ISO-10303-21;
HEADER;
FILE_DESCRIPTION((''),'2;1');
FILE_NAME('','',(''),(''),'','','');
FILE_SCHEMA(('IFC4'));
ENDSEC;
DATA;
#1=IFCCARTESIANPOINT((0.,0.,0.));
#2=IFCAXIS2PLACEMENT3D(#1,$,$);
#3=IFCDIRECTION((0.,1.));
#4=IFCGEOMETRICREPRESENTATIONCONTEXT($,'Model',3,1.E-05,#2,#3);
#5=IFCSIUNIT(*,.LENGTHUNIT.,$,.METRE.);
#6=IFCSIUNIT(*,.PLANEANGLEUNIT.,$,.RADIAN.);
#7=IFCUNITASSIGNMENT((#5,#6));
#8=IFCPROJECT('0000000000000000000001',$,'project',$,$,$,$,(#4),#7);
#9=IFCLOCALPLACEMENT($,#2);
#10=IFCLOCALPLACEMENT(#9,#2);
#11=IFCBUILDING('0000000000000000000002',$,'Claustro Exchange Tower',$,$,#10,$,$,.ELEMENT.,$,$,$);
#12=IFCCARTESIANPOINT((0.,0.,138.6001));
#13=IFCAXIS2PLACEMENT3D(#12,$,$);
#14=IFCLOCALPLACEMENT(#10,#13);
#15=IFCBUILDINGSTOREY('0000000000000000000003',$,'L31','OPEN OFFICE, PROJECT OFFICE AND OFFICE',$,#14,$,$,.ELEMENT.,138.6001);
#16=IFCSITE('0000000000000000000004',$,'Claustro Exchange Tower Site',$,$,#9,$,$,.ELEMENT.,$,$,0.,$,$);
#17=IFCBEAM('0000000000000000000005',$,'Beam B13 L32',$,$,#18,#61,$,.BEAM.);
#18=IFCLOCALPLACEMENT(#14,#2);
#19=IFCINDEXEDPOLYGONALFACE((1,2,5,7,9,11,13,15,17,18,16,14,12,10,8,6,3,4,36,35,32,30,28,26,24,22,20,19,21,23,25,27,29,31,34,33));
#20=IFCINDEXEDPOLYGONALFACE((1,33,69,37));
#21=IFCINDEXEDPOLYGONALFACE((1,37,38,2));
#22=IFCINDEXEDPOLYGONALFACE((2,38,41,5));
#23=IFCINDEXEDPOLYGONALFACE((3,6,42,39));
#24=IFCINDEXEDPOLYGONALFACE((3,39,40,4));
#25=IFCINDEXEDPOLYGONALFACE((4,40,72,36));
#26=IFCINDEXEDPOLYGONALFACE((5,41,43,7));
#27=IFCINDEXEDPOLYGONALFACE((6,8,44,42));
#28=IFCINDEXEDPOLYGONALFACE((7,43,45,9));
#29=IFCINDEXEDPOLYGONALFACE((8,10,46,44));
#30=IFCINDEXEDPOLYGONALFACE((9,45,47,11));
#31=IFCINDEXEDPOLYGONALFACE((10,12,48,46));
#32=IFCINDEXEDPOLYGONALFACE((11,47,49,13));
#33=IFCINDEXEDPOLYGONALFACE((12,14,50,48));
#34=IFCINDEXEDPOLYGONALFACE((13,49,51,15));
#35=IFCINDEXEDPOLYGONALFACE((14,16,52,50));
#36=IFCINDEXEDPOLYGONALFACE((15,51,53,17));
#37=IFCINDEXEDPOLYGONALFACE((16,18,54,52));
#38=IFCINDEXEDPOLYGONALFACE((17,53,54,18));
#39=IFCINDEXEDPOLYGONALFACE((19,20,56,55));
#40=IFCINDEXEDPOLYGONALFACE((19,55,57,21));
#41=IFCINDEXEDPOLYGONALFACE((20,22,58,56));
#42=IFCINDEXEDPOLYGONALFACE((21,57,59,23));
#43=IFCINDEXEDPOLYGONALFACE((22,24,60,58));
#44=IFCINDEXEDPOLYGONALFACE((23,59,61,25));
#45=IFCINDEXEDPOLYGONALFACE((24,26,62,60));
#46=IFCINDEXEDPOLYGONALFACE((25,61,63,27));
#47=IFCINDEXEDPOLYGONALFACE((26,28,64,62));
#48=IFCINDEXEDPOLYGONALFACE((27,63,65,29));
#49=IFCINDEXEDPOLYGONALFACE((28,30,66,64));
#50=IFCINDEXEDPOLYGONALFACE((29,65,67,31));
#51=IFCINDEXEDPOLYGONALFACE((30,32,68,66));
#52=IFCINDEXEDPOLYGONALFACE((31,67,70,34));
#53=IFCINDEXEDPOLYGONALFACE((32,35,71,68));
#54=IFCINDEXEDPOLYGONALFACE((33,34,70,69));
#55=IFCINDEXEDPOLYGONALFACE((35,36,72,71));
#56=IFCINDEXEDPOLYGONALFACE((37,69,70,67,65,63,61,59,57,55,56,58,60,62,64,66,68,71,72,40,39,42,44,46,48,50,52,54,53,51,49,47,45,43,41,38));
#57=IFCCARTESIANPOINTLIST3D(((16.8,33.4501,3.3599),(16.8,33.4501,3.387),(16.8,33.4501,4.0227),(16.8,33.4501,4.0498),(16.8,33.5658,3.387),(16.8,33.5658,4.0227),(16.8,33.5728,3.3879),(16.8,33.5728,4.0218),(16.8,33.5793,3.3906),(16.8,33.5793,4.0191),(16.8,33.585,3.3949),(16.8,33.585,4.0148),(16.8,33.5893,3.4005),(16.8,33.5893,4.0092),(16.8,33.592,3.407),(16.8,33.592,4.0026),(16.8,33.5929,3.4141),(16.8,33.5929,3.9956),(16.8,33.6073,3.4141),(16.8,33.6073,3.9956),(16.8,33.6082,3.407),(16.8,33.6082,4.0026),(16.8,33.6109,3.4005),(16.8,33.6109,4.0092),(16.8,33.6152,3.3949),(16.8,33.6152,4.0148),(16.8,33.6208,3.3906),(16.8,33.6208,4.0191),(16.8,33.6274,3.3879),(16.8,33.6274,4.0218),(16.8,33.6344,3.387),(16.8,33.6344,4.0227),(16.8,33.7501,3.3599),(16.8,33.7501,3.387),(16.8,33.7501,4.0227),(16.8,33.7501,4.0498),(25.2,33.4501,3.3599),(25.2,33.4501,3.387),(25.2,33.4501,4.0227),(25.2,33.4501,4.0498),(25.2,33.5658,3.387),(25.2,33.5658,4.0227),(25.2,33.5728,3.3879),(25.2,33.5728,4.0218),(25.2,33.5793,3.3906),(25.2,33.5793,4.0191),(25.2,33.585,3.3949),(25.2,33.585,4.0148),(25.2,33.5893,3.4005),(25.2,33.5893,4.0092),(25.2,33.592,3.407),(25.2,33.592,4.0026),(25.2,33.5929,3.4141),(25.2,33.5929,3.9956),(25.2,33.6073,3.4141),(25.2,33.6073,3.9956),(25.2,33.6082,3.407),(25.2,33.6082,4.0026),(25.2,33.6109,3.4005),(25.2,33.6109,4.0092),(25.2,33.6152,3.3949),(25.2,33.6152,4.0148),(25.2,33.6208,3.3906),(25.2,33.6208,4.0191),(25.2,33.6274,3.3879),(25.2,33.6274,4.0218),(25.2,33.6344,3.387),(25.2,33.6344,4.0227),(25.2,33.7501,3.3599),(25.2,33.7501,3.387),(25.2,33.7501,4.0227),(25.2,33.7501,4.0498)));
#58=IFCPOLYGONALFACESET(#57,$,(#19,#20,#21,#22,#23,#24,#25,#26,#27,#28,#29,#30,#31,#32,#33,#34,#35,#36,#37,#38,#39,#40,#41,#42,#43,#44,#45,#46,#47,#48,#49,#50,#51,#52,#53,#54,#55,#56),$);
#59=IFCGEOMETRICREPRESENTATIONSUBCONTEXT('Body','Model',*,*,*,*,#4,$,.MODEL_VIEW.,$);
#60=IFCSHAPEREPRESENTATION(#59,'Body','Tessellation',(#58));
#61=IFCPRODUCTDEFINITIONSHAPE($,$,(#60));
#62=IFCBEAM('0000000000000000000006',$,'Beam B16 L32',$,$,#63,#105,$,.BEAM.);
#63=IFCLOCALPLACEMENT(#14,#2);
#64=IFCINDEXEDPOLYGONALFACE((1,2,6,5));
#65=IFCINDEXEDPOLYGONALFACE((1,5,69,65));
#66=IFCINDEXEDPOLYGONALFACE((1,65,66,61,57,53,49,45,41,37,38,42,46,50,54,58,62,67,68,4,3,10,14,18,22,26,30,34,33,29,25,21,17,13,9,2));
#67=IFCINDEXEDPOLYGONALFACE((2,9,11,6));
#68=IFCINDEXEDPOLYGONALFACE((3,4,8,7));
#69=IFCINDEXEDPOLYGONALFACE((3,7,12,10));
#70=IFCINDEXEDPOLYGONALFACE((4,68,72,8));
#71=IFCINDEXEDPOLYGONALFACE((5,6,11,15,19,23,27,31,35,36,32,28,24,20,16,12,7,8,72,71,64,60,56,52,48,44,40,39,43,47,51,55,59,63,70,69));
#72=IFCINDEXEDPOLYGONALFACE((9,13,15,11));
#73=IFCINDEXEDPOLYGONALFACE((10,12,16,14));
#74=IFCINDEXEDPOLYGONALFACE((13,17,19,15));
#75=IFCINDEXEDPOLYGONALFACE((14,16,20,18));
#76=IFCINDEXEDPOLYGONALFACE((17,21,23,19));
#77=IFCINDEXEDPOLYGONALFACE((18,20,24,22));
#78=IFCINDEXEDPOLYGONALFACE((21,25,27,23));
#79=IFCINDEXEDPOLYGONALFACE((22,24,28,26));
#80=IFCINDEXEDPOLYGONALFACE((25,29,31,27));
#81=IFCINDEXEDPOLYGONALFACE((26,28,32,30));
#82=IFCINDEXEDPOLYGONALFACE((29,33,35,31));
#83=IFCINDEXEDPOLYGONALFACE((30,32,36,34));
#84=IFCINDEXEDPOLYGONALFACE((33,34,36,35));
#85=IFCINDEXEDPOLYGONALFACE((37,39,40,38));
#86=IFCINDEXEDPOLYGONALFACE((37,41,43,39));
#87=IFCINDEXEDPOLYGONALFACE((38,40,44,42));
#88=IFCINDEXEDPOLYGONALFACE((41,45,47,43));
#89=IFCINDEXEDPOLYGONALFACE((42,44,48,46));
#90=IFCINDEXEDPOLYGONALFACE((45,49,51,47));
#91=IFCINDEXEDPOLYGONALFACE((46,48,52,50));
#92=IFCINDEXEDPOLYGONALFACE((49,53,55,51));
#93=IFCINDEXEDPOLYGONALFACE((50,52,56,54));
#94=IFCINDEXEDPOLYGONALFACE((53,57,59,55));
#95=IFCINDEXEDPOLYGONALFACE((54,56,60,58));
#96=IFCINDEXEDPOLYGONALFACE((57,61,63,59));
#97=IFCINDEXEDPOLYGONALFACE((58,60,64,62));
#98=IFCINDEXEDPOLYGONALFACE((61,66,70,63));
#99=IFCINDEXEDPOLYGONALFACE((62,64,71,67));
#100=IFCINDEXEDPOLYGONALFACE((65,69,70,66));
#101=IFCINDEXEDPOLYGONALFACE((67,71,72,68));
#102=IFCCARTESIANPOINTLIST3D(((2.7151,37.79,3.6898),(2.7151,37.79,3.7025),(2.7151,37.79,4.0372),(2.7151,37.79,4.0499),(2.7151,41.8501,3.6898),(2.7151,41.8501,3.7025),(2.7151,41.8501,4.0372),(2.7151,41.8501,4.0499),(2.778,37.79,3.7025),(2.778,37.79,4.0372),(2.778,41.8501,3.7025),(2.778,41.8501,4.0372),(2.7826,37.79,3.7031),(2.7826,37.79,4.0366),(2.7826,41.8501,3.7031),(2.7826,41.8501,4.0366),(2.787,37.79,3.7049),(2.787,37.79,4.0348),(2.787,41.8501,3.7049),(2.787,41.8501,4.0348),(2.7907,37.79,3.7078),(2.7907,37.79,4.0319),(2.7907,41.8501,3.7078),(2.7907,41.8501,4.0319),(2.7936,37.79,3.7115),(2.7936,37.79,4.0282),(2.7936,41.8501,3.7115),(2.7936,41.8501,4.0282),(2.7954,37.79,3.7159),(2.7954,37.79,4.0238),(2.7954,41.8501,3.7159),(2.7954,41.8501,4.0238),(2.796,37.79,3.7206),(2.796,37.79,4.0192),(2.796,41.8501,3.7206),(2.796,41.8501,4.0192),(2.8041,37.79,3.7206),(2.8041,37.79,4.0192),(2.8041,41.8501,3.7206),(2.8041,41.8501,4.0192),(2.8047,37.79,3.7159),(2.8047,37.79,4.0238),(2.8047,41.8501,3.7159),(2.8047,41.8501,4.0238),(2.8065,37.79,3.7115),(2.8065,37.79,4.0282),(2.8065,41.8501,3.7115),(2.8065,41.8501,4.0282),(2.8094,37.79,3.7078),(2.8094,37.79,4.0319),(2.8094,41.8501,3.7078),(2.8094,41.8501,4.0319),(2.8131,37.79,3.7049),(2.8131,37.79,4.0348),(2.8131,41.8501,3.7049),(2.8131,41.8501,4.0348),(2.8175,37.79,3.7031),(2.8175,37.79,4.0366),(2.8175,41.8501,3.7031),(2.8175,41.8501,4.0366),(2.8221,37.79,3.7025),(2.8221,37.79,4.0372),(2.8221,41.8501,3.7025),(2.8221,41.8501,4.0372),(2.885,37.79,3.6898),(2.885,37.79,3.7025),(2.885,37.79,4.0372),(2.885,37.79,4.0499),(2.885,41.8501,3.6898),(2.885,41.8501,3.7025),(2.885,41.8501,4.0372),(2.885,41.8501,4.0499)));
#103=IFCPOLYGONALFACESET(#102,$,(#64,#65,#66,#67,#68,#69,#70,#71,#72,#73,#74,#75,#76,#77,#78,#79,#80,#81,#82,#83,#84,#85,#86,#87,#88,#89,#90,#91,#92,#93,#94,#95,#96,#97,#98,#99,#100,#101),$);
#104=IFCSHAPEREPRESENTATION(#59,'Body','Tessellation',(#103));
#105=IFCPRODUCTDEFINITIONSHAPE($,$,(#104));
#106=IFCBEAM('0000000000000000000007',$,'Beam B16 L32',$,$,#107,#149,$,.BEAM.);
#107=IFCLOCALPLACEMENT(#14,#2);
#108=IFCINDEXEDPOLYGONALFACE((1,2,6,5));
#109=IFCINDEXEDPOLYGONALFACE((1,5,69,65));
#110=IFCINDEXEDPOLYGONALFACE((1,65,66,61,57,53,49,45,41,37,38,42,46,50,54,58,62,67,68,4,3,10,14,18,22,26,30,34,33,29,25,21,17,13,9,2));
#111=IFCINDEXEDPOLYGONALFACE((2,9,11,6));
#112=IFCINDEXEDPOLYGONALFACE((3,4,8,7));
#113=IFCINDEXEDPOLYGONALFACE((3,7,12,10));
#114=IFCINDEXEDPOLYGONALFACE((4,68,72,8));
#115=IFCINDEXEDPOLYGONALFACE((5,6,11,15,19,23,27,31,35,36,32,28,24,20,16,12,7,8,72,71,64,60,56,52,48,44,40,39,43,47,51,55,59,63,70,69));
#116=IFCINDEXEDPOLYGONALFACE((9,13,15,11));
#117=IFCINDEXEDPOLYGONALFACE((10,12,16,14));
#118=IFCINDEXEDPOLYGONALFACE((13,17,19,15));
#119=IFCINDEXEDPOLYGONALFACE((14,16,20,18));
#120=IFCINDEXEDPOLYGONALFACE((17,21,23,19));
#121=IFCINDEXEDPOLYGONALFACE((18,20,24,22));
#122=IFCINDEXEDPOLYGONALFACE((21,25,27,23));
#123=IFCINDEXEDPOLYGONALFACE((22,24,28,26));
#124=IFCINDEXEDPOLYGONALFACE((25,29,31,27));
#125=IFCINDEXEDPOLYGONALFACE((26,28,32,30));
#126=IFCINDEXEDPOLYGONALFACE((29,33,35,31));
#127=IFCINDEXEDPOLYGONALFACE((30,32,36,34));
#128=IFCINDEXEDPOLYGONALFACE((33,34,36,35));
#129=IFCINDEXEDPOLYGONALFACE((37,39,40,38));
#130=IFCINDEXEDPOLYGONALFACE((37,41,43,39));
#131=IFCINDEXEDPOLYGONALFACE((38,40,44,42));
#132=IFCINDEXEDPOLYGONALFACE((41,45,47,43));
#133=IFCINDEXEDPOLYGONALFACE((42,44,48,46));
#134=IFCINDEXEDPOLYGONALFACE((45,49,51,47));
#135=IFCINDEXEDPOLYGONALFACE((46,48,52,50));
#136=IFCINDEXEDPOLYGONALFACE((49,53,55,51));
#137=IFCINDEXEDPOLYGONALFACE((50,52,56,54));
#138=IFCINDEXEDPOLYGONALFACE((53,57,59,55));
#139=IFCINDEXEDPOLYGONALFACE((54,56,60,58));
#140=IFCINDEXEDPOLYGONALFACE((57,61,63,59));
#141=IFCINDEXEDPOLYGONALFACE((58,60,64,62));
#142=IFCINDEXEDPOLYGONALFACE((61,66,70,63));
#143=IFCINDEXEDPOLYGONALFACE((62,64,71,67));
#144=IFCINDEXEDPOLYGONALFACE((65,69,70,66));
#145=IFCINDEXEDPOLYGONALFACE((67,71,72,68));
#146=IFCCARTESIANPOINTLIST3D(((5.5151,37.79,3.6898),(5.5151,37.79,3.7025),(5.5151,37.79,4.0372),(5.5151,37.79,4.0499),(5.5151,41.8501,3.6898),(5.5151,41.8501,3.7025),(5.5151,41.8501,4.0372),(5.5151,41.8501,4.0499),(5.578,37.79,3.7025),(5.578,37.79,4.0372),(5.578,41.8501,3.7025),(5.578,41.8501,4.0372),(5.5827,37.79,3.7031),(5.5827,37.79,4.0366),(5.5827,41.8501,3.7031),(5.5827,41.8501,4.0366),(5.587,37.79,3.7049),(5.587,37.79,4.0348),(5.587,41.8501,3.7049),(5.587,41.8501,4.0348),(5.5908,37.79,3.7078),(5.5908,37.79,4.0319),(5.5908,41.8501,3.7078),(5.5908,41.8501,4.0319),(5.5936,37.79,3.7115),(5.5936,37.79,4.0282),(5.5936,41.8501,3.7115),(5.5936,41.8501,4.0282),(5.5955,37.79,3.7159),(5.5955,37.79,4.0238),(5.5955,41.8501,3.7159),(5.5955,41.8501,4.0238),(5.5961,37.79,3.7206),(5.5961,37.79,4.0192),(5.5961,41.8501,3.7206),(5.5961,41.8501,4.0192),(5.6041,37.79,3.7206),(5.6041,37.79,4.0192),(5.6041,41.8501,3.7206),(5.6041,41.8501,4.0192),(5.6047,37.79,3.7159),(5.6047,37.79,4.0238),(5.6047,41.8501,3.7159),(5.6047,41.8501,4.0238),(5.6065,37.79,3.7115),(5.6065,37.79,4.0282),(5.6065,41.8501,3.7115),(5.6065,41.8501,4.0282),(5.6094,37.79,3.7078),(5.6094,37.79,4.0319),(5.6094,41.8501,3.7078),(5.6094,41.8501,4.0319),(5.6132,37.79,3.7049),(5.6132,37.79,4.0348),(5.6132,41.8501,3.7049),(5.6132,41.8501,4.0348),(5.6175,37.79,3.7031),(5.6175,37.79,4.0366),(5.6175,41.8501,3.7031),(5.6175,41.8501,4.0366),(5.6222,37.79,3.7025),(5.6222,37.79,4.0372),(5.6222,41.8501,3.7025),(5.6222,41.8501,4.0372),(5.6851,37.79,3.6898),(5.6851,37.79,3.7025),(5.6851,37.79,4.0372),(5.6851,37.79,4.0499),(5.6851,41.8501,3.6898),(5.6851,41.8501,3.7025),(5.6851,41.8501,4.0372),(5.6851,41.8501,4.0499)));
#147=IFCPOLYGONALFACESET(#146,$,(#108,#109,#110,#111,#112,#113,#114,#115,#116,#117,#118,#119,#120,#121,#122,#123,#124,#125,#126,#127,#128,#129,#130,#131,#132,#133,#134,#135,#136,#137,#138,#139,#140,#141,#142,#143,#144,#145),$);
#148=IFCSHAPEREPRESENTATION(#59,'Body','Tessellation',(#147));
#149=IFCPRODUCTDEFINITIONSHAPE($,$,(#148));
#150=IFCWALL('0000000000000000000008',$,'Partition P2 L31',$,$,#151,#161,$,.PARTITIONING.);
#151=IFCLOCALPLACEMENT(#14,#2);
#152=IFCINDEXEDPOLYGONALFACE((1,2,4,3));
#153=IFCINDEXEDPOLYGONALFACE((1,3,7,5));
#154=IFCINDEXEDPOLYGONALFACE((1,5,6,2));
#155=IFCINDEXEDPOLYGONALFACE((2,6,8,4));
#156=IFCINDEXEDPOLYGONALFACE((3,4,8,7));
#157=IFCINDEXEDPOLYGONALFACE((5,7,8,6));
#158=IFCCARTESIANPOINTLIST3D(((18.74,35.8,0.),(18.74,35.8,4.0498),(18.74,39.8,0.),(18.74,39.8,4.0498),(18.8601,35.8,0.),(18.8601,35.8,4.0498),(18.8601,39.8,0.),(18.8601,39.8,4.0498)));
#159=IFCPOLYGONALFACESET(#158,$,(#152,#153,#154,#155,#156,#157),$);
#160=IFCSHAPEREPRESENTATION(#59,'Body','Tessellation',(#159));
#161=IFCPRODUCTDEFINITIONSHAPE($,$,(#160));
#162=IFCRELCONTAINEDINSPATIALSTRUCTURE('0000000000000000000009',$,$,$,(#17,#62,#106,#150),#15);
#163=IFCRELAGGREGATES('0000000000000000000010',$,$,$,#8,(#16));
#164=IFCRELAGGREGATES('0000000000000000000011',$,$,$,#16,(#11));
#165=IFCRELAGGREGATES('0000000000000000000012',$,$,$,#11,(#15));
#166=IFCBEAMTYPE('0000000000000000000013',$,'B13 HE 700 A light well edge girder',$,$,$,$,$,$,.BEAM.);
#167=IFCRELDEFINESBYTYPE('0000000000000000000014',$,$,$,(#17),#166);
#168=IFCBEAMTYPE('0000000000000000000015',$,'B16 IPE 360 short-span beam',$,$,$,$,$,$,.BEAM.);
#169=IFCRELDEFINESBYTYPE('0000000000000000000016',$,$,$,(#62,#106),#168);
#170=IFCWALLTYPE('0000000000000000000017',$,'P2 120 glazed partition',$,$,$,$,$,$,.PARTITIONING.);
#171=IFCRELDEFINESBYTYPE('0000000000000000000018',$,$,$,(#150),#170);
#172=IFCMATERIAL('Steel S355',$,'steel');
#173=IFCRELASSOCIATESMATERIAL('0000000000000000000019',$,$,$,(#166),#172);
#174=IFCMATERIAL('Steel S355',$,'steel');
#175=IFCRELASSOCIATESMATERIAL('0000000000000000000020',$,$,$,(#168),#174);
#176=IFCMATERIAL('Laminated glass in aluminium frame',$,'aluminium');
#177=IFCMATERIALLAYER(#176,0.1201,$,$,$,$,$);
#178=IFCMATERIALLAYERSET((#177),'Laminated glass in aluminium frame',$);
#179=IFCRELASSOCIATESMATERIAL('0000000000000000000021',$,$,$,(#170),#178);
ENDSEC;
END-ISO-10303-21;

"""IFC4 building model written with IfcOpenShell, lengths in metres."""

from ifc_helpers import new_model, si_unit, direction, frame, frame_2d, origin, origin_2d, place, context, subcontext, project, spatial, rectangle, i_section, extrude, material, layer, layer_set, material_profile, profile_set, type_object, element, save


model = new_model("IFC4")

# Units and contexts
model_context = context("Model", 3, precision=1e-05, world=origin(), true_north=direction((0.0, 1.0)))
body_context = subcontext(model_context, "Body", "Model", "MODEL_VIEW")
ifc_project = project(units=[si_unit("LENGTHUNIT", "METRE"), si_unit("PLANEANGLEUNIT", "RADIAN")], contexts=[model_context])

# Site, building, storey
site_placement = place(None, origin())
site = spatial("IfcSite", under=ifc_project, at=site_placement, Name="Claustro Exchange Tower Site", CompositionType="ELEMENT", RefElevation=0.0)
building_placement = place(site_placement, origin())
building = spatial("IfcBuilding", under=site, at=building_placement, Name="Claustro Exchange Tower", CompositionType="ELEMENT")
storey_placement = place(building_placement, frame((0.0, 0.0, 138.6001)))
storey = spatial("IfcBuildingStorey", under=building, at=storey_placement, Name="L31", Description="OPEN OFFICE, PROJECT OFFICE AND OFFICE", CompositionType="ELEMENT", Elevation=138.6001)

# Beams
ifc_material_1 = material(Name="Steel S355", Category="steel")
ifc_material_profile_1 = material_profile(ifc_material_1, i_section(OverallWidth=0.3, OverallDepth=0.6899, WebThickness=0.0144, FlangeThickness=0.0271, FilletRadius=0.0271, at=origin_2d()), Name="HE 700 A")
ifc_profile_set_1 = profile_set([ifc_material_profile_1], Name="Steel S355")
beam_type_1 = type_object("IfcBeamType", Name="B13 HE 700 A light well edge girder", PredefinedType="BEAM", material=ifc_profile_set_1)
beam_placement = place(storey_placement, frame((16.8, 33.6001, 3.7048), z_axis=(1.0, 0.0, 0.0), x_axis=(0.0, 1.0, 0.0)))
element("IfcBeam", 1, at=beam_placement, inside=storey, type_object=beam_type_1, Name="Beam B13 L32", PredefinedType="BEAM", context=body_context, shape_type="SweptSolid", body=[
    extrude(i_section(OverallWidth=0.3, OverallDepth=0.6899, WebThickness=0.0144, FlangeThickness=0.0271, FilletRadius=0.0271, at=origin_2d()), origin(), (0.0, 0.0, 1.0), 8.3999),
])
ifc_material_2 = material(Name="Steel S355", Category="steel")
ifc_material_profile_2 = material_profile(ifc_material_2, i_section(OverallWidth=0.1699, OverallDepth=0.3601, WebThickness=0.0081, FlangeThickness=0.0127, FilletRadius=0.0181, at=origin_2d()), Name="IPE 360")
ifc_profile_set_2 = profile_set([ifc_material_profile_2], Name="Steel S355")
beam_type_2 = type_object("IfcBeamType", Name="B16 IPE 360 short-span beam", PredefinedType="BEAM", material=ifc_profile_set_2)
for number, where, z_axis, x_axis, name in (
    (2, (2.8, 37.79, 3.8699), (0.0, 1.0, 0.0), (-1.0, 0.0, 0.0), "Beam B16 L32"),
    (3, (5.6001, 37.79, 3.8699), (0.0, 1.0, 0.0), (-1.0, 0.0, 0.0), "Beam B16 L32"),
):
    element("IfcBeam", number, at=place(storey_placement, frame(where, z_axis=z_axis, x_axis=x_axis)), inside=storey, type_object=beam_type_2, Name=name, PredefinedType="BEAM", context=body_context, shape_type="SweptSolid", body=[
        extrude(i_section(OverallWidth=0.1699, OverallDepth=0.3601, WebThickness=0.0081, FlangeThickness=0.0127, FilletRadius=0.0181, at=origin_2d()), origin(), (0.0, 0.0, 1.0), 4.0601),
    ])

# Wall
ifc_material_3 = material(Name="Laminated glass in aluminium frame", Category="aluminium")
ifc_layer_1 = layer(ifc_material_3, 0.1201)
ifc_layer_set_1 = layer_set([ifc_layer_1], Name="Laminated glass in aluminium frame")
wall_type_1 = type_object("IfcWallType", Name="P2 120 glazed partition", PredefinedType="PARTITIONING", material=ifc_layer_set_1)
wall_1_placement = place(storey_placement, frame((18.8, 35.8, 0.0), z_axis=(0.0, 0.0, 1.0), x_axis=(0.0, 1.0, 0.0)))
element("IfcWall", 4, at=wall_1_placement, inside=storey, type_object=wall_type_1, Name="Partition P2 L31", PredefinedType="PARTITIONING", context=body_context, shape_type="SweptSolid", body=[
    extrude(rectangle(XDim=4.0, YDim=0.1201, at=frame_2d((2.0, 0.0))), origin(), (0.0, 0.0, 1.0), 4.0498),
])

save(model, "model.ifc")
